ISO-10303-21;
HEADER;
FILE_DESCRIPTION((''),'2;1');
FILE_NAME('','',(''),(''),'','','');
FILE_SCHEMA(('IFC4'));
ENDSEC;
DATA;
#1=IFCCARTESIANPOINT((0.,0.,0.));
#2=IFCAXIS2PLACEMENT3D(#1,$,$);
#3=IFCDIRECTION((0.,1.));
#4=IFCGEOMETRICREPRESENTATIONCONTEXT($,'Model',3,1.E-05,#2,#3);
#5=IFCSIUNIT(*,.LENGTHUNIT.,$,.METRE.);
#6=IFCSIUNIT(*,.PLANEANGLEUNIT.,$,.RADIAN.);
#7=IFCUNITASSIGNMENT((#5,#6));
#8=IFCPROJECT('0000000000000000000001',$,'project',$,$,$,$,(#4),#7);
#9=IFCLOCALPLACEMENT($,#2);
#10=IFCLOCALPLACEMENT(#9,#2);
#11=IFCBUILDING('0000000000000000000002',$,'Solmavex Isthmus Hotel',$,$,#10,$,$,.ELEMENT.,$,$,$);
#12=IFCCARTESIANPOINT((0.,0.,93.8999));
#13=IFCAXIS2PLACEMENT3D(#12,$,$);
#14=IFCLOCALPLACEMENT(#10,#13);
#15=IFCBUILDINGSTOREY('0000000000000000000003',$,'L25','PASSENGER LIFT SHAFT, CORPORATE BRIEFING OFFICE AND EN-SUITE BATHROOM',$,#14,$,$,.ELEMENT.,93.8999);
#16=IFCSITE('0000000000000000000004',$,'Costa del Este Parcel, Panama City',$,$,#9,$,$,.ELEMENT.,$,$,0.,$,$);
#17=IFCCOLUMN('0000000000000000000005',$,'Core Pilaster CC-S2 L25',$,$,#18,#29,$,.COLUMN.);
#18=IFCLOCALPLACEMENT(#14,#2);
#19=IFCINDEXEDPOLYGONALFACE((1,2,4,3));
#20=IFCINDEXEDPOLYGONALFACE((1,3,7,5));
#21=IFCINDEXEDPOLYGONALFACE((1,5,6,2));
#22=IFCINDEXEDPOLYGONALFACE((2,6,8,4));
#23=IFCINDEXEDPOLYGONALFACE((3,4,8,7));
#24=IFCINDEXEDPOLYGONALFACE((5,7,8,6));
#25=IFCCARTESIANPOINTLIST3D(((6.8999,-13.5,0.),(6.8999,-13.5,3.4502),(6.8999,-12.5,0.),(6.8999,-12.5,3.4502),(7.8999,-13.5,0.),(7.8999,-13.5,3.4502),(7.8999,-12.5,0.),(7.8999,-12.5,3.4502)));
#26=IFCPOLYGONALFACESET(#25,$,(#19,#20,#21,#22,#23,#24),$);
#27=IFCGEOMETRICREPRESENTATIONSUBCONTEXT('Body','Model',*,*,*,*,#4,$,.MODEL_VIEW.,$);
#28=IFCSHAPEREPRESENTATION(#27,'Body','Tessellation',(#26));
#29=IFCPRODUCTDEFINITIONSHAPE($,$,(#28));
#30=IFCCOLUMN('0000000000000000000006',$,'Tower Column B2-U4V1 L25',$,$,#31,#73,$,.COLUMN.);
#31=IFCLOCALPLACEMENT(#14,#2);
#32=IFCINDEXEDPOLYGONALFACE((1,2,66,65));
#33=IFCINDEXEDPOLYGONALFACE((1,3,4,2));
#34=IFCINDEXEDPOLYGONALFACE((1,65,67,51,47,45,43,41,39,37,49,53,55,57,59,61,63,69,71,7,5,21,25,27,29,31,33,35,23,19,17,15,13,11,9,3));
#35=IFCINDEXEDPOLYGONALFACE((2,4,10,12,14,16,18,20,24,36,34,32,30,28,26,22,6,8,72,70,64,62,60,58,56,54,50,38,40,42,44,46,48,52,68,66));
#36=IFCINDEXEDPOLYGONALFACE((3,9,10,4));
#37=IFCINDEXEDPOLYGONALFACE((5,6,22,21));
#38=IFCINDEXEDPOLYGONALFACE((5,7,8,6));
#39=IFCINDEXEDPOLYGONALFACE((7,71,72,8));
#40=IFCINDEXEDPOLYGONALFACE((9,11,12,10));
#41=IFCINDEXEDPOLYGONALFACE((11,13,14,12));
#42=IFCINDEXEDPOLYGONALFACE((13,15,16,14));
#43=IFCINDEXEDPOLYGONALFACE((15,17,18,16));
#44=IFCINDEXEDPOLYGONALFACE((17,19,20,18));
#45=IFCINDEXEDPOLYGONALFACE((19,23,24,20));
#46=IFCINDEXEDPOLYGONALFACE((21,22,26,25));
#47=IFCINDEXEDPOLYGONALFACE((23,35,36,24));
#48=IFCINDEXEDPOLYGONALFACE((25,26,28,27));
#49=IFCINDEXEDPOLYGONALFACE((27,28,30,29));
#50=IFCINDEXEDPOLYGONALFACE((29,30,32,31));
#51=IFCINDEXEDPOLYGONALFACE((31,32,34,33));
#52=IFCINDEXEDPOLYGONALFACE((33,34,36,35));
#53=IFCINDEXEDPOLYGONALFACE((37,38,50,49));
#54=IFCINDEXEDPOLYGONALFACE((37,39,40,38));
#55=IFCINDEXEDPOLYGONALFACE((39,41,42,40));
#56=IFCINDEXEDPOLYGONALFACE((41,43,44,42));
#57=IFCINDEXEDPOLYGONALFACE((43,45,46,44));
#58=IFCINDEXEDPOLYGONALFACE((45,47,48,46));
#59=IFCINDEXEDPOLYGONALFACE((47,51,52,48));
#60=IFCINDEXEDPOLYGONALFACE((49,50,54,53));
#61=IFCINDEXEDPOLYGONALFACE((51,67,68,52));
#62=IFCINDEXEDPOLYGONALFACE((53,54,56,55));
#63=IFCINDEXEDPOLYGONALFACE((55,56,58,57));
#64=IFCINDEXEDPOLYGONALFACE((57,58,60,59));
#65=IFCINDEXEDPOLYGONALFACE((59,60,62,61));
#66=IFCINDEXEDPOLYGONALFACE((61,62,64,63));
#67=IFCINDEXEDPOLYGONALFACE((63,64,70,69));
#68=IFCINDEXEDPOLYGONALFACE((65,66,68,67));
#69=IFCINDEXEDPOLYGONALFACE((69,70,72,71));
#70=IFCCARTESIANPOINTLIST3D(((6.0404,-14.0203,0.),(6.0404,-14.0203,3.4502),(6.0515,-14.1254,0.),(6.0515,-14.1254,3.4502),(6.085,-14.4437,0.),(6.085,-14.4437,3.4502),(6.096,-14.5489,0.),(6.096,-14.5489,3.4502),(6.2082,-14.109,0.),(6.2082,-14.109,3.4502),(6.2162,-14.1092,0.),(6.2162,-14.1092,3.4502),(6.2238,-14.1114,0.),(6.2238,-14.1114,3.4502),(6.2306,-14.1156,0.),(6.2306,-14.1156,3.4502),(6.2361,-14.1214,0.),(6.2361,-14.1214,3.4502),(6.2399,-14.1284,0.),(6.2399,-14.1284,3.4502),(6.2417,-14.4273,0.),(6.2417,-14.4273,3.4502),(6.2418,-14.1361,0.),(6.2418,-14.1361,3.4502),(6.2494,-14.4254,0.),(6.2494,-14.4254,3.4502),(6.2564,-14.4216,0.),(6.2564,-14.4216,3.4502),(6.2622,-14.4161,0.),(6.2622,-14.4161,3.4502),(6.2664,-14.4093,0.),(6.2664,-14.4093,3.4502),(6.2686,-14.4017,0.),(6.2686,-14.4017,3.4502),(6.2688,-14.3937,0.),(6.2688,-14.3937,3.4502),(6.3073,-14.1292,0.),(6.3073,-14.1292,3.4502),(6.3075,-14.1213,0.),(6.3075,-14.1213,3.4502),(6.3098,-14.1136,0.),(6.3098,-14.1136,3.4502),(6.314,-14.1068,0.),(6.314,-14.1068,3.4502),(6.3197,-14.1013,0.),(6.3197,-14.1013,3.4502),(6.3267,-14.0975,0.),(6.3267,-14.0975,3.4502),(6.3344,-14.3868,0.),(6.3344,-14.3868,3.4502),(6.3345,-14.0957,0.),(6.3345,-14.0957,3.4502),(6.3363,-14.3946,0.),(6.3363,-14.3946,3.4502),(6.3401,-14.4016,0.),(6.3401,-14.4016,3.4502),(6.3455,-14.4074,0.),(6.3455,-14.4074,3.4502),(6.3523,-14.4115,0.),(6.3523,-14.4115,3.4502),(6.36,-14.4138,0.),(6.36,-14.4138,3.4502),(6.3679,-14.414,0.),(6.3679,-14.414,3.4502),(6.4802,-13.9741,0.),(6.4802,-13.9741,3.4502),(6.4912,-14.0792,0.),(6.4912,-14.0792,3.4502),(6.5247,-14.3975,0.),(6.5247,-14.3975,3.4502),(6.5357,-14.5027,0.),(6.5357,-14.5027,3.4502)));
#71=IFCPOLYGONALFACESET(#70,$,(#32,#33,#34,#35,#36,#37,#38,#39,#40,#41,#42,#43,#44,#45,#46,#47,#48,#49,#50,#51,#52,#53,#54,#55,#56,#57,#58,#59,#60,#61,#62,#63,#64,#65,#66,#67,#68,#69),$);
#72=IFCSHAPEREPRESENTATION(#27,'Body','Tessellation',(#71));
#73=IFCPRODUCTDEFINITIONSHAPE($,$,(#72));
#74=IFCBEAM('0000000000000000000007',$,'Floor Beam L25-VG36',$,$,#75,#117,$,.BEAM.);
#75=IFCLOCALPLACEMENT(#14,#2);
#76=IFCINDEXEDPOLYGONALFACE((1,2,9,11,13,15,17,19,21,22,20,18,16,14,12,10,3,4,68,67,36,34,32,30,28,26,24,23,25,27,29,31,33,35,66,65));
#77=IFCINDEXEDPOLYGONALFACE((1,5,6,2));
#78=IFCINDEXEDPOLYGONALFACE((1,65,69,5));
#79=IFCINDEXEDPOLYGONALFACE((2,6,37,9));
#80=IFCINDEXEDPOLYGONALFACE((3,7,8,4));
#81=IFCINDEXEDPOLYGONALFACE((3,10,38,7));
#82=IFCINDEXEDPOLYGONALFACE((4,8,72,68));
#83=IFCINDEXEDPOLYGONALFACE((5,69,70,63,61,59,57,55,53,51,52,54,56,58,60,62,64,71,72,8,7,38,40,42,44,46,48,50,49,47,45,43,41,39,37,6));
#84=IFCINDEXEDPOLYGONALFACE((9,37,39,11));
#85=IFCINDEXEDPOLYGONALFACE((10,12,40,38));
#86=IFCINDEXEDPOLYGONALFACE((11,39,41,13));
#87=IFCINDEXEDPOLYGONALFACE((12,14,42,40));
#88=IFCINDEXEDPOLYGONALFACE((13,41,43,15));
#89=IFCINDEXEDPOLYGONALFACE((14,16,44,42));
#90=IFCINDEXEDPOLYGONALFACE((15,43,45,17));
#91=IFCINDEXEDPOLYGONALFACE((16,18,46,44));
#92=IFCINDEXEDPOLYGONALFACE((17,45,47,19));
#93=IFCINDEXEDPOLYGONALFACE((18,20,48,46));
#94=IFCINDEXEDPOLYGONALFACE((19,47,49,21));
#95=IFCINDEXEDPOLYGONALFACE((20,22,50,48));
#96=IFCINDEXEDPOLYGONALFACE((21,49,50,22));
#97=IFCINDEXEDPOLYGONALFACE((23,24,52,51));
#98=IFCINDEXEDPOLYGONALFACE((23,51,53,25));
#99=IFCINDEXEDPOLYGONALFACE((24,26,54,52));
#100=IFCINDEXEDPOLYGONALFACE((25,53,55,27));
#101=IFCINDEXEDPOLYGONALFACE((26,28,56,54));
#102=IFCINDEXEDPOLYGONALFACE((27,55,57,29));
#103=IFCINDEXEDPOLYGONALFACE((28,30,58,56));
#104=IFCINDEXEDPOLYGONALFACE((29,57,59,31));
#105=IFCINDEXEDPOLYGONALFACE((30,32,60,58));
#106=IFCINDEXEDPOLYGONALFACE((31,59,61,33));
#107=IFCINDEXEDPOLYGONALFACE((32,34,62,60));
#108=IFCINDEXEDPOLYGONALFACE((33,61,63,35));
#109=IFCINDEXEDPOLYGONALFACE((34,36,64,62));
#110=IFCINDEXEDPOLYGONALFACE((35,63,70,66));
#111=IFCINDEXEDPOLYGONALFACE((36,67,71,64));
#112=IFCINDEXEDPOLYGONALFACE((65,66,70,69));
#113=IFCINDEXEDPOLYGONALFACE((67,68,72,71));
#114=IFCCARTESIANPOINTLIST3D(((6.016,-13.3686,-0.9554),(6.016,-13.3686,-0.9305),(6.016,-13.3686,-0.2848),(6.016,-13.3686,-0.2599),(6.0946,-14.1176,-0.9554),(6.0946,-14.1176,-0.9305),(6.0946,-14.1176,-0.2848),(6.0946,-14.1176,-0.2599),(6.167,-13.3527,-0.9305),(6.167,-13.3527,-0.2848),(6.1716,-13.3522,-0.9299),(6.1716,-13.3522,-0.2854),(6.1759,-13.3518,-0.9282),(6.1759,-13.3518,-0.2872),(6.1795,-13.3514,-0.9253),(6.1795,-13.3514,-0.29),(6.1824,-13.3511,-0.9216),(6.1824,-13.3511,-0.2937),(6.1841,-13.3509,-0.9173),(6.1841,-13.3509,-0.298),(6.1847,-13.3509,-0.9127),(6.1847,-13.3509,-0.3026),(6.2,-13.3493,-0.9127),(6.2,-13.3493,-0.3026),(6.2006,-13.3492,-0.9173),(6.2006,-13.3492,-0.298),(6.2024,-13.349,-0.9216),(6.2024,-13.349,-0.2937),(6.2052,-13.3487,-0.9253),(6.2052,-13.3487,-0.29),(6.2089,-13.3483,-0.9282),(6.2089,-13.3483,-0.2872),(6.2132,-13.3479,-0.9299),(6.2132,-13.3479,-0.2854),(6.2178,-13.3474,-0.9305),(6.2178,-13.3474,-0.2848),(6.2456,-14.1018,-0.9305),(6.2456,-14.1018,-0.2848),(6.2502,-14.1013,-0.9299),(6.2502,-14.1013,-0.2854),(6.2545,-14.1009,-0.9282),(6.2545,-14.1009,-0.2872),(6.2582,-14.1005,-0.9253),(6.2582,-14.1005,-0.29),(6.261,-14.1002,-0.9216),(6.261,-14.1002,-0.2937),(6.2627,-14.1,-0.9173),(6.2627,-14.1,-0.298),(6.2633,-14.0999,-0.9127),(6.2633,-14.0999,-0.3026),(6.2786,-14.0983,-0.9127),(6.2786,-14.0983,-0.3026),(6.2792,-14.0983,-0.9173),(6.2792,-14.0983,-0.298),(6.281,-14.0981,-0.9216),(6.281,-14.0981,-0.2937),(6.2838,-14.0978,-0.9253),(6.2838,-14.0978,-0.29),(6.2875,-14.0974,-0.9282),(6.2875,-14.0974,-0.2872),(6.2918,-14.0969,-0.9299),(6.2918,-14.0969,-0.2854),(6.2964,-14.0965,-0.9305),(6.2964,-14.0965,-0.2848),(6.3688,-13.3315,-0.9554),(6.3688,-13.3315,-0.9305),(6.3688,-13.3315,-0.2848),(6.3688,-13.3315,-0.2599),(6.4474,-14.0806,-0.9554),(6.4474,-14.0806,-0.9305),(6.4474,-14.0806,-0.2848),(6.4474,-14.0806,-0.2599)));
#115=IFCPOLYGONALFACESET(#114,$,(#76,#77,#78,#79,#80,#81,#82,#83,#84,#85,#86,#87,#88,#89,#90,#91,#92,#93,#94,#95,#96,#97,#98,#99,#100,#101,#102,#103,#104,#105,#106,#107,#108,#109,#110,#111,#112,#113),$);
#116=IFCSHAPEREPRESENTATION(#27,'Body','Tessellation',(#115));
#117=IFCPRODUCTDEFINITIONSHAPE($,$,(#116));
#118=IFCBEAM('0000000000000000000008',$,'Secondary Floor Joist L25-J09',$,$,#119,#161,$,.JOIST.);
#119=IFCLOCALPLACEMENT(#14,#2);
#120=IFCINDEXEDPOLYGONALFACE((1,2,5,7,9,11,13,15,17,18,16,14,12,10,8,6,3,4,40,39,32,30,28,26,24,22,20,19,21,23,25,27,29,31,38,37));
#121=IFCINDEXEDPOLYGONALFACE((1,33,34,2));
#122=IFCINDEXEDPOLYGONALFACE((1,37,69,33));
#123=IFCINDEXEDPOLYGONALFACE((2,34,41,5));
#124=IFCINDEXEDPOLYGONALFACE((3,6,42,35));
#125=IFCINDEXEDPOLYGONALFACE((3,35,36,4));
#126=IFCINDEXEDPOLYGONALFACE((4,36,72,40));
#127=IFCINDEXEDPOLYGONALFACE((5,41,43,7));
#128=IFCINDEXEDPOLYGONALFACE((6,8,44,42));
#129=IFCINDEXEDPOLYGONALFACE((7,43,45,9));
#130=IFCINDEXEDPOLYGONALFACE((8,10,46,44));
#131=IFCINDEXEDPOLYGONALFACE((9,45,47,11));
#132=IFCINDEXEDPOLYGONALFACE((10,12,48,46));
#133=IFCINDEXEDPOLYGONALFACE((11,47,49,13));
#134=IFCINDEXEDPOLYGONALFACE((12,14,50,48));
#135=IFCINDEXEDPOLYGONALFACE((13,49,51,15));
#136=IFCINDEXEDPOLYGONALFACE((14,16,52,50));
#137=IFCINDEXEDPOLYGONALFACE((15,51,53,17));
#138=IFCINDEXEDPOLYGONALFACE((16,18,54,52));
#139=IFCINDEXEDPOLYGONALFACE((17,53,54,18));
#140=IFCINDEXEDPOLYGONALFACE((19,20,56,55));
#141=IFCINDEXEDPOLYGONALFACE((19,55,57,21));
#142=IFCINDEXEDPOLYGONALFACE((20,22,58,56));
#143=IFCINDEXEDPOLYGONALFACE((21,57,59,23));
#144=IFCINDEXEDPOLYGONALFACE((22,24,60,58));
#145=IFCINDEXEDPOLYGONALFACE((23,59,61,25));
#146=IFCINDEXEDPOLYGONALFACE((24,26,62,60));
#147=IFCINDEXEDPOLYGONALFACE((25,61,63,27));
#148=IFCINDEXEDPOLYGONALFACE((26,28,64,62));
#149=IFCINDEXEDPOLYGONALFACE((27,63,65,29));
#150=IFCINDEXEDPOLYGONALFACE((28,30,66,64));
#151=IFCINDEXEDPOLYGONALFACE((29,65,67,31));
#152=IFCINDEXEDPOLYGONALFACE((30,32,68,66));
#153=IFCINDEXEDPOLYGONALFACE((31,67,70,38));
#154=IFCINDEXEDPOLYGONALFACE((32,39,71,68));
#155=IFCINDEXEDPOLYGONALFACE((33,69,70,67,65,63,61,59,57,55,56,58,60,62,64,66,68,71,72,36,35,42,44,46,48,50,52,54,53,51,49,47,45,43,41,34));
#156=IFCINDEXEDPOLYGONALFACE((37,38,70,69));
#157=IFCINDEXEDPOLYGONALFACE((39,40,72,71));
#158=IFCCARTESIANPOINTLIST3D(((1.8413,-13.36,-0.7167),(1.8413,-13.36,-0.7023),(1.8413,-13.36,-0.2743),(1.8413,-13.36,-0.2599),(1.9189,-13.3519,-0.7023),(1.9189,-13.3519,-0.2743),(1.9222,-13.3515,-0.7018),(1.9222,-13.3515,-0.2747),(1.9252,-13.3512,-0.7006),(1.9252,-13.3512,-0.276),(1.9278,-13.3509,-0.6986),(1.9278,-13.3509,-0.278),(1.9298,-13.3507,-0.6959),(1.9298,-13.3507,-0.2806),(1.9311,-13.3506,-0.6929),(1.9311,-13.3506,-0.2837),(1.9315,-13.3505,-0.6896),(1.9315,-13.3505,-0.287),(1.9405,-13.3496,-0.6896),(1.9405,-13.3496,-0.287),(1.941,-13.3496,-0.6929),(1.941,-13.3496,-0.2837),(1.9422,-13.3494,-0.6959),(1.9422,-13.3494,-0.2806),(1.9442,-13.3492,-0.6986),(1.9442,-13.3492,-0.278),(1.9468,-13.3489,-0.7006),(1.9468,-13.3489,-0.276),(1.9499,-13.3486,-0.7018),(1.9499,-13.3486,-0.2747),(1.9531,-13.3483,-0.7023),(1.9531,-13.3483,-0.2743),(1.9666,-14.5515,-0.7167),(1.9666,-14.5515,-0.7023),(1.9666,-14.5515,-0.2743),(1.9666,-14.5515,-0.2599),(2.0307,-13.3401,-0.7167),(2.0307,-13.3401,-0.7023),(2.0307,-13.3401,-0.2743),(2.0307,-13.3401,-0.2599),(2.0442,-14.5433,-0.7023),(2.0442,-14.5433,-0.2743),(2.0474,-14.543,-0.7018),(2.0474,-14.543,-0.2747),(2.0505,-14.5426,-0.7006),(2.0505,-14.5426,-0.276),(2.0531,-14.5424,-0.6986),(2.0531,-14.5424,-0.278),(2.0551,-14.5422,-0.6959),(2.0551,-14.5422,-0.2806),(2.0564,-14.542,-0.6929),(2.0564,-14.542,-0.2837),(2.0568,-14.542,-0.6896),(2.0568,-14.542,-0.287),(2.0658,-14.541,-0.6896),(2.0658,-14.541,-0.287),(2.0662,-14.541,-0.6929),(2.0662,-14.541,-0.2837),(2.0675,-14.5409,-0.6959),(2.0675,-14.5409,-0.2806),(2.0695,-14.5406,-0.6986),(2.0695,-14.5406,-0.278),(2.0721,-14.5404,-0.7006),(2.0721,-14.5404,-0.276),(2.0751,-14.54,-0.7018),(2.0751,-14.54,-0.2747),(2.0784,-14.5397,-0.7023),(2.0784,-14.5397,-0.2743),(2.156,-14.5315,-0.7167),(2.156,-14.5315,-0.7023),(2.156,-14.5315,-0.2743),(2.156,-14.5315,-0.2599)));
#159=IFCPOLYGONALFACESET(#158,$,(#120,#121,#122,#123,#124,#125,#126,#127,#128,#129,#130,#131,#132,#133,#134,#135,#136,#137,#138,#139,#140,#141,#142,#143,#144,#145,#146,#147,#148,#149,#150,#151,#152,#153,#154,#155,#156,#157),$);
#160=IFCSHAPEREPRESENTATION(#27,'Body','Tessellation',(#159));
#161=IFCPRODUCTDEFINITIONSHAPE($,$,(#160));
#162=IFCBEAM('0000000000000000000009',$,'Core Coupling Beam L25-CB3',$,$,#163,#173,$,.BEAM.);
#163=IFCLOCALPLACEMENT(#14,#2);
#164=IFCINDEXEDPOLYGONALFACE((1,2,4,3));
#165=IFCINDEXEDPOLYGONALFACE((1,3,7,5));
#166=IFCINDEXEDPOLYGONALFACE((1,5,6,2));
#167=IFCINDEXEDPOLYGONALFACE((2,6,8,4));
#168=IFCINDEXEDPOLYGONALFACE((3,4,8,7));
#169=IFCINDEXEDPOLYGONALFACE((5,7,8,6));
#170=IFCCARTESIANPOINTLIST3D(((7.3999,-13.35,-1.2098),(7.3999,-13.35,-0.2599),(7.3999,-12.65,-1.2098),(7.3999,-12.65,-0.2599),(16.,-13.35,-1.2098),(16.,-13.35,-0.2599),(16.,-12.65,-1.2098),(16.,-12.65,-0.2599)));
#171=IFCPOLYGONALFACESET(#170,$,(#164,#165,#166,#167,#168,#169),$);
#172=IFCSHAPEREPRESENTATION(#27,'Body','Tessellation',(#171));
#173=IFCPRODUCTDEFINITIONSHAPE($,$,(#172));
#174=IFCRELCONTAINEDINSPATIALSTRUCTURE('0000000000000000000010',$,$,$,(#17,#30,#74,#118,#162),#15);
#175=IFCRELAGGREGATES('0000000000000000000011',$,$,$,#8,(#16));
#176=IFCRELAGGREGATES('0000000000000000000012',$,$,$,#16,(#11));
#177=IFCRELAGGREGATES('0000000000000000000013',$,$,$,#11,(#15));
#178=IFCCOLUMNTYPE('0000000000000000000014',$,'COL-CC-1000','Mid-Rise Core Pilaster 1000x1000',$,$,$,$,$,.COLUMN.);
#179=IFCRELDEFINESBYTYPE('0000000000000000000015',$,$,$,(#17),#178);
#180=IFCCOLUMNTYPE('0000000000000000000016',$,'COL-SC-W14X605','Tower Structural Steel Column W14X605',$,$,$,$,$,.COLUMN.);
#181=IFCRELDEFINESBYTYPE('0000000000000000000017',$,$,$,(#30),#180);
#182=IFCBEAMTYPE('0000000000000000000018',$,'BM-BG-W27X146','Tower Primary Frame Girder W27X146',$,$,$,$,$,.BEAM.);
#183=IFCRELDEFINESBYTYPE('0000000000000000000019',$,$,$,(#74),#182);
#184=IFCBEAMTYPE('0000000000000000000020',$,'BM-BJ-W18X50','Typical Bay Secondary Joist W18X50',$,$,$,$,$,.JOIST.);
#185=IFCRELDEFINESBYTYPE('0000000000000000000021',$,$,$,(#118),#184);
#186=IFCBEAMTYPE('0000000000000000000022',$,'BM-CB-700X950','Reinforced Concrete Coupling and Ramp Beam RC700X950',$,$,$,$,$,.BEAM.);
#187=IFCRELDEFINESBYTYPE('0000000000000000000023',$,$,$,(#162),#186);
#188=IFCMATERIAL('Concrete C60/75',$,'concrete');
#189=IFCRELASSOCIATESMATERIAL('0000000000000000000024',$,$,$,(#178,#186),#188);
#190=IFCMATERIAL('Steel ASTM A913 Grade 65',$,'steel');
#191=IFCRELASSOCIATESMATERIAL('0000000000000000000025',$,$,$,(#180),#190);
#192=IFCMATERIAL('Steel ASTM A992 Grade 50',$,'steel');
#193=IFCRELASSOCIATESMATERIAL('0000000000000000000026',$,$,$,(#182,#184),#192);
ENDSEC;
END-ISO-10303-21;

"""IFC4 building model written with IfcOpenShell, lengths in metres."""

from ifc_helpers import new_model, si_unit, direction, frame, origin, origin_2d, place, context, subcontext, project, spatial, rectangle, i_section, extrude, material, material_profile, profile_set, type_object, element, save


model = new_model("IFC4")

# Units and contexts
model_context = context("Model", 3, precision=1e-05, world=origin(), true_north=direction((0.0, 1.0)))
body_context = subcontext(model_context, "Body", "Model", "MODEL_VIEW")
ifc_project = project(units=[si_unit("LENGTHUNIT", "METRE"), si_unit("PLANEANGLEUNIT", "RADIAN")], contexts=[model_context])

# Site, building, storey
site_placement = place(None, origin())
site = spatial("IfcSite", under=ifc_project, at=site_placement, Name="Costa del Este Parcel, Panama City", CompositionType="ELEMENT", RefElevation=0.0)
building_placement = place(site_placement, origin())
building = spatial("IfcBuilding", under=site, at=building_placement, Name="Solmavex Isthmus Hotel", CompositionType="ELEMENT")
storey_placement = place(building_placement, frame((0.0, 0.0, 93.8999)))
storey = spatial("IfcBuildingStorey", under=building, at=storey_placement, Name="L25", Description="PASSENGER LIFT SHAFT, CORPORATE BRIEFING OFFICE AND EN-SUITE BATHROOM", CompositionType="ELEMENT", Elevation=93.8999)

# Columns
ifc_material_1 = material(Name="Concrete C60/75", Category="concrete")
ifc_material_profile_1 = material_profile(ifc_material_1, rectangle(XDim=1.0, YDim=1.0, at=origin_2d()), Name="RC1000X1000")
ifc_profile_set_1 = profile_set([ifc_material_profile_1], Name="Concrete C60/75")
column_type_1 = type_object("IfcColumnType", Name="COL-CC-1000", Description="Mid-Rise Core Pilaster 1000x1000", PredefinedType="COLUMN", material=ifc_profile_set_1)
column_1_placement = place(storey_placement, frame((7.3999, -13.0, 0.0), z_axis=(0.0, 0.0, 1.0), x_axis=(1.0, 0.0, 0.0)))
element("IfcColumn", 1, at=column_1_placement, inside=storey, type_object=column_type_1, Name="Core Pilaster CC-S2 L25", PredefinedType="COLUMN", context=body_context, shape_type="SweptSolid", body=[
    extrude(rectangle(XDim=1.0, YDim=1.0, at=origin_2d()), origin(), (0.0, 0.0, 1.0), 3.4502),
])
ifc_material_2 = material(Name="Steel ASTM A913 Grade 65", Category="steel")
ifc_material_profile_2 = material_profile(ifc_material_2, i_section(OverallWidth=0.4421, OverallDepth=0.5315, WebThickness=0.0659, FlangeThickness=0.1057, FilletRadius=0.0305, at=origin_2d()), Name="W14X605")
ifc_profile_set_2 = profile_set([ifc_material_profile_2], Name="Steel ASTM A913 Grade 65")
column_type_2 = type_object("IfcColumnType", Name="COL-SC-W14X605", Description="Tower Structural Steel Column W14X605", PredefinedType="COLUMN", material=ifc_profile_set_2)
column_2_placement = place(storey_placement, frame((6.2881, -14.2615, 0.0), z_axis=(0.0, 0.0, 1.0), x_axis=(0.994522, 0.104528, 0.0)))
element("IfcColumn", 2, at=column_2_placement, inside=storey, type_object=column_type_2, Name="Tower Column B2-U4V1 L25", PredefinedType="COLUMN", context=body_context, shape_type="SweptSolid", body=[
    extrude(i_section(OverallWidth=0.4421, OverallDepth=0.5315, WebThickness=0.0659, FlangeThickness=0.1057, FilletRadius=0.0305, at=origin_2d()), origin(), (0.0, 0.0, 1.0), 3.4502),
])

# Beams
ifc_material_3 = material(Name="Steel ASTM A992 Grade 50", Category="steel")
ifc_material_profile_3 = material_profile(ifc_material_3, i_section(OverallWidth=0.3547, OverallDepth=0.6956, WebThickness=0.0154, FlangeThickness=0.0249, FilletRadius=0.0178, at=origin_2d()), Name="W27X146")
ifc_profile_set_3 = profile_set([ifc_material_profile_3], Name="Steel ASTM A992 Grade 50")
beam_type_1 = type_object("IfcBeamType", Name="BM-BG-W27X146", Description="Tower Primary Frame Girder W27X146", PredefinedType="BEAM", material=ifc_profile_set_3)
beam_1_placement = place(storey_placement, frame((6.271, -14.0991, -0.6077), z_axis=(-0.104381, 0.994537, 0.0), x_axis=(-0.994537, -0.104381, 0.0)))
element("IfcBeam", 3, at=beam_1_placement, inside=storey, type_object=beam_type_1, Name="Floor Beam L25-VG36", PredefinedType="BEAM", context=body_context, shape_type="SweptSolid", body=[
    extrude(i_section(OverallWidth=0.3547, OverallDepth=0.6956, WebThickness=0.0154, FlangeThickness=0.0249, FilletRadius=0.0178, at=origin_2d()), origin(), (0.0, 0.0, 1.0), 0.7532),
])
ifc_material_profile_4 = material_profile(ifc_material_3, i_section(OverallWidth=0.1904, OverallDepth=0.4568, WebThickness=0.009, FlangeThickness=0.0144, FilletRadius=0.0127, at=origin_2d()), Name="W18X50")
ifc_profile_set_4 = profile_set([ifc_material_profile_4], Name="Steel ASTM A992 Grade 50")
beam_type_2 = type_object("IfcBeamType", Name="BM-BJ-W18X50", Description="Typical Bay Secondary Joist W18X50", PredefinedType="JOIST", material=ifc_profile_set_4)
beam_2_placement = place(storey_placement, frame((2.0613, -14.5415, -0.4883), z_axis=(-0.104547, 0.99452, 0.0), x_axis=(-0.99452, -0.104547, 0.0)))
element("IfcBeam", 4, at=beam_2_placement, inside=storey, type_object=beam_type_2, Name="Secondary Floor Joist L25-J09", PredefinedType="JOIST", context=body_context, shape_type="SweptSolid", body=[
    extrude(i_section(OverallWidth=0.1904, OverallDepth=0.4568, WebThickness=0.009, FlangeThickness=0.0144, FilletRadius=0.0127, at=origin_2d()), origin(), (0.0, 0.0, 1.0), 1.198),
])
ifc_material_profile_5 = material_profile(ifc_material_1, rectangle(XDim=0.7, YDim=0.95, at=origin_2d()), Name="RC700X950")
ifc_profile_set_5 = profile_set([ifc_material_profile_5], Name="Concrete C60/75")
beam_type_3 = type_object("IfcBeamType", Name="BM-CB-700X950", Description="Reinforced Concrete Coupling and Ramp Beam RC700X950", PredefinedType="BEAM", material=ifc_profile_set_5)
beam_3_placement = place(storey_placement, frame((7.3999, -13.0, -0.7349), z_axis=(1.0, 0.0, 0.0), x_axis=(0.0, 1.0, 0.0)))
element("IfcBeam", 5, at=beam_3_placement, inside=storey, type_object=beam_type_3, Name="Core Coupling Beam L25-CB3", PredefinedType="BEAM", context=body_context, shape_type="SweptSolid", body=[
    extrude(rectangle(XDim=0.7, YDim=0.95, at=origin_2d()), origin(), (0.0, 0.0, 1.0), 8.6001),
])

save(model, "model.ifc")
